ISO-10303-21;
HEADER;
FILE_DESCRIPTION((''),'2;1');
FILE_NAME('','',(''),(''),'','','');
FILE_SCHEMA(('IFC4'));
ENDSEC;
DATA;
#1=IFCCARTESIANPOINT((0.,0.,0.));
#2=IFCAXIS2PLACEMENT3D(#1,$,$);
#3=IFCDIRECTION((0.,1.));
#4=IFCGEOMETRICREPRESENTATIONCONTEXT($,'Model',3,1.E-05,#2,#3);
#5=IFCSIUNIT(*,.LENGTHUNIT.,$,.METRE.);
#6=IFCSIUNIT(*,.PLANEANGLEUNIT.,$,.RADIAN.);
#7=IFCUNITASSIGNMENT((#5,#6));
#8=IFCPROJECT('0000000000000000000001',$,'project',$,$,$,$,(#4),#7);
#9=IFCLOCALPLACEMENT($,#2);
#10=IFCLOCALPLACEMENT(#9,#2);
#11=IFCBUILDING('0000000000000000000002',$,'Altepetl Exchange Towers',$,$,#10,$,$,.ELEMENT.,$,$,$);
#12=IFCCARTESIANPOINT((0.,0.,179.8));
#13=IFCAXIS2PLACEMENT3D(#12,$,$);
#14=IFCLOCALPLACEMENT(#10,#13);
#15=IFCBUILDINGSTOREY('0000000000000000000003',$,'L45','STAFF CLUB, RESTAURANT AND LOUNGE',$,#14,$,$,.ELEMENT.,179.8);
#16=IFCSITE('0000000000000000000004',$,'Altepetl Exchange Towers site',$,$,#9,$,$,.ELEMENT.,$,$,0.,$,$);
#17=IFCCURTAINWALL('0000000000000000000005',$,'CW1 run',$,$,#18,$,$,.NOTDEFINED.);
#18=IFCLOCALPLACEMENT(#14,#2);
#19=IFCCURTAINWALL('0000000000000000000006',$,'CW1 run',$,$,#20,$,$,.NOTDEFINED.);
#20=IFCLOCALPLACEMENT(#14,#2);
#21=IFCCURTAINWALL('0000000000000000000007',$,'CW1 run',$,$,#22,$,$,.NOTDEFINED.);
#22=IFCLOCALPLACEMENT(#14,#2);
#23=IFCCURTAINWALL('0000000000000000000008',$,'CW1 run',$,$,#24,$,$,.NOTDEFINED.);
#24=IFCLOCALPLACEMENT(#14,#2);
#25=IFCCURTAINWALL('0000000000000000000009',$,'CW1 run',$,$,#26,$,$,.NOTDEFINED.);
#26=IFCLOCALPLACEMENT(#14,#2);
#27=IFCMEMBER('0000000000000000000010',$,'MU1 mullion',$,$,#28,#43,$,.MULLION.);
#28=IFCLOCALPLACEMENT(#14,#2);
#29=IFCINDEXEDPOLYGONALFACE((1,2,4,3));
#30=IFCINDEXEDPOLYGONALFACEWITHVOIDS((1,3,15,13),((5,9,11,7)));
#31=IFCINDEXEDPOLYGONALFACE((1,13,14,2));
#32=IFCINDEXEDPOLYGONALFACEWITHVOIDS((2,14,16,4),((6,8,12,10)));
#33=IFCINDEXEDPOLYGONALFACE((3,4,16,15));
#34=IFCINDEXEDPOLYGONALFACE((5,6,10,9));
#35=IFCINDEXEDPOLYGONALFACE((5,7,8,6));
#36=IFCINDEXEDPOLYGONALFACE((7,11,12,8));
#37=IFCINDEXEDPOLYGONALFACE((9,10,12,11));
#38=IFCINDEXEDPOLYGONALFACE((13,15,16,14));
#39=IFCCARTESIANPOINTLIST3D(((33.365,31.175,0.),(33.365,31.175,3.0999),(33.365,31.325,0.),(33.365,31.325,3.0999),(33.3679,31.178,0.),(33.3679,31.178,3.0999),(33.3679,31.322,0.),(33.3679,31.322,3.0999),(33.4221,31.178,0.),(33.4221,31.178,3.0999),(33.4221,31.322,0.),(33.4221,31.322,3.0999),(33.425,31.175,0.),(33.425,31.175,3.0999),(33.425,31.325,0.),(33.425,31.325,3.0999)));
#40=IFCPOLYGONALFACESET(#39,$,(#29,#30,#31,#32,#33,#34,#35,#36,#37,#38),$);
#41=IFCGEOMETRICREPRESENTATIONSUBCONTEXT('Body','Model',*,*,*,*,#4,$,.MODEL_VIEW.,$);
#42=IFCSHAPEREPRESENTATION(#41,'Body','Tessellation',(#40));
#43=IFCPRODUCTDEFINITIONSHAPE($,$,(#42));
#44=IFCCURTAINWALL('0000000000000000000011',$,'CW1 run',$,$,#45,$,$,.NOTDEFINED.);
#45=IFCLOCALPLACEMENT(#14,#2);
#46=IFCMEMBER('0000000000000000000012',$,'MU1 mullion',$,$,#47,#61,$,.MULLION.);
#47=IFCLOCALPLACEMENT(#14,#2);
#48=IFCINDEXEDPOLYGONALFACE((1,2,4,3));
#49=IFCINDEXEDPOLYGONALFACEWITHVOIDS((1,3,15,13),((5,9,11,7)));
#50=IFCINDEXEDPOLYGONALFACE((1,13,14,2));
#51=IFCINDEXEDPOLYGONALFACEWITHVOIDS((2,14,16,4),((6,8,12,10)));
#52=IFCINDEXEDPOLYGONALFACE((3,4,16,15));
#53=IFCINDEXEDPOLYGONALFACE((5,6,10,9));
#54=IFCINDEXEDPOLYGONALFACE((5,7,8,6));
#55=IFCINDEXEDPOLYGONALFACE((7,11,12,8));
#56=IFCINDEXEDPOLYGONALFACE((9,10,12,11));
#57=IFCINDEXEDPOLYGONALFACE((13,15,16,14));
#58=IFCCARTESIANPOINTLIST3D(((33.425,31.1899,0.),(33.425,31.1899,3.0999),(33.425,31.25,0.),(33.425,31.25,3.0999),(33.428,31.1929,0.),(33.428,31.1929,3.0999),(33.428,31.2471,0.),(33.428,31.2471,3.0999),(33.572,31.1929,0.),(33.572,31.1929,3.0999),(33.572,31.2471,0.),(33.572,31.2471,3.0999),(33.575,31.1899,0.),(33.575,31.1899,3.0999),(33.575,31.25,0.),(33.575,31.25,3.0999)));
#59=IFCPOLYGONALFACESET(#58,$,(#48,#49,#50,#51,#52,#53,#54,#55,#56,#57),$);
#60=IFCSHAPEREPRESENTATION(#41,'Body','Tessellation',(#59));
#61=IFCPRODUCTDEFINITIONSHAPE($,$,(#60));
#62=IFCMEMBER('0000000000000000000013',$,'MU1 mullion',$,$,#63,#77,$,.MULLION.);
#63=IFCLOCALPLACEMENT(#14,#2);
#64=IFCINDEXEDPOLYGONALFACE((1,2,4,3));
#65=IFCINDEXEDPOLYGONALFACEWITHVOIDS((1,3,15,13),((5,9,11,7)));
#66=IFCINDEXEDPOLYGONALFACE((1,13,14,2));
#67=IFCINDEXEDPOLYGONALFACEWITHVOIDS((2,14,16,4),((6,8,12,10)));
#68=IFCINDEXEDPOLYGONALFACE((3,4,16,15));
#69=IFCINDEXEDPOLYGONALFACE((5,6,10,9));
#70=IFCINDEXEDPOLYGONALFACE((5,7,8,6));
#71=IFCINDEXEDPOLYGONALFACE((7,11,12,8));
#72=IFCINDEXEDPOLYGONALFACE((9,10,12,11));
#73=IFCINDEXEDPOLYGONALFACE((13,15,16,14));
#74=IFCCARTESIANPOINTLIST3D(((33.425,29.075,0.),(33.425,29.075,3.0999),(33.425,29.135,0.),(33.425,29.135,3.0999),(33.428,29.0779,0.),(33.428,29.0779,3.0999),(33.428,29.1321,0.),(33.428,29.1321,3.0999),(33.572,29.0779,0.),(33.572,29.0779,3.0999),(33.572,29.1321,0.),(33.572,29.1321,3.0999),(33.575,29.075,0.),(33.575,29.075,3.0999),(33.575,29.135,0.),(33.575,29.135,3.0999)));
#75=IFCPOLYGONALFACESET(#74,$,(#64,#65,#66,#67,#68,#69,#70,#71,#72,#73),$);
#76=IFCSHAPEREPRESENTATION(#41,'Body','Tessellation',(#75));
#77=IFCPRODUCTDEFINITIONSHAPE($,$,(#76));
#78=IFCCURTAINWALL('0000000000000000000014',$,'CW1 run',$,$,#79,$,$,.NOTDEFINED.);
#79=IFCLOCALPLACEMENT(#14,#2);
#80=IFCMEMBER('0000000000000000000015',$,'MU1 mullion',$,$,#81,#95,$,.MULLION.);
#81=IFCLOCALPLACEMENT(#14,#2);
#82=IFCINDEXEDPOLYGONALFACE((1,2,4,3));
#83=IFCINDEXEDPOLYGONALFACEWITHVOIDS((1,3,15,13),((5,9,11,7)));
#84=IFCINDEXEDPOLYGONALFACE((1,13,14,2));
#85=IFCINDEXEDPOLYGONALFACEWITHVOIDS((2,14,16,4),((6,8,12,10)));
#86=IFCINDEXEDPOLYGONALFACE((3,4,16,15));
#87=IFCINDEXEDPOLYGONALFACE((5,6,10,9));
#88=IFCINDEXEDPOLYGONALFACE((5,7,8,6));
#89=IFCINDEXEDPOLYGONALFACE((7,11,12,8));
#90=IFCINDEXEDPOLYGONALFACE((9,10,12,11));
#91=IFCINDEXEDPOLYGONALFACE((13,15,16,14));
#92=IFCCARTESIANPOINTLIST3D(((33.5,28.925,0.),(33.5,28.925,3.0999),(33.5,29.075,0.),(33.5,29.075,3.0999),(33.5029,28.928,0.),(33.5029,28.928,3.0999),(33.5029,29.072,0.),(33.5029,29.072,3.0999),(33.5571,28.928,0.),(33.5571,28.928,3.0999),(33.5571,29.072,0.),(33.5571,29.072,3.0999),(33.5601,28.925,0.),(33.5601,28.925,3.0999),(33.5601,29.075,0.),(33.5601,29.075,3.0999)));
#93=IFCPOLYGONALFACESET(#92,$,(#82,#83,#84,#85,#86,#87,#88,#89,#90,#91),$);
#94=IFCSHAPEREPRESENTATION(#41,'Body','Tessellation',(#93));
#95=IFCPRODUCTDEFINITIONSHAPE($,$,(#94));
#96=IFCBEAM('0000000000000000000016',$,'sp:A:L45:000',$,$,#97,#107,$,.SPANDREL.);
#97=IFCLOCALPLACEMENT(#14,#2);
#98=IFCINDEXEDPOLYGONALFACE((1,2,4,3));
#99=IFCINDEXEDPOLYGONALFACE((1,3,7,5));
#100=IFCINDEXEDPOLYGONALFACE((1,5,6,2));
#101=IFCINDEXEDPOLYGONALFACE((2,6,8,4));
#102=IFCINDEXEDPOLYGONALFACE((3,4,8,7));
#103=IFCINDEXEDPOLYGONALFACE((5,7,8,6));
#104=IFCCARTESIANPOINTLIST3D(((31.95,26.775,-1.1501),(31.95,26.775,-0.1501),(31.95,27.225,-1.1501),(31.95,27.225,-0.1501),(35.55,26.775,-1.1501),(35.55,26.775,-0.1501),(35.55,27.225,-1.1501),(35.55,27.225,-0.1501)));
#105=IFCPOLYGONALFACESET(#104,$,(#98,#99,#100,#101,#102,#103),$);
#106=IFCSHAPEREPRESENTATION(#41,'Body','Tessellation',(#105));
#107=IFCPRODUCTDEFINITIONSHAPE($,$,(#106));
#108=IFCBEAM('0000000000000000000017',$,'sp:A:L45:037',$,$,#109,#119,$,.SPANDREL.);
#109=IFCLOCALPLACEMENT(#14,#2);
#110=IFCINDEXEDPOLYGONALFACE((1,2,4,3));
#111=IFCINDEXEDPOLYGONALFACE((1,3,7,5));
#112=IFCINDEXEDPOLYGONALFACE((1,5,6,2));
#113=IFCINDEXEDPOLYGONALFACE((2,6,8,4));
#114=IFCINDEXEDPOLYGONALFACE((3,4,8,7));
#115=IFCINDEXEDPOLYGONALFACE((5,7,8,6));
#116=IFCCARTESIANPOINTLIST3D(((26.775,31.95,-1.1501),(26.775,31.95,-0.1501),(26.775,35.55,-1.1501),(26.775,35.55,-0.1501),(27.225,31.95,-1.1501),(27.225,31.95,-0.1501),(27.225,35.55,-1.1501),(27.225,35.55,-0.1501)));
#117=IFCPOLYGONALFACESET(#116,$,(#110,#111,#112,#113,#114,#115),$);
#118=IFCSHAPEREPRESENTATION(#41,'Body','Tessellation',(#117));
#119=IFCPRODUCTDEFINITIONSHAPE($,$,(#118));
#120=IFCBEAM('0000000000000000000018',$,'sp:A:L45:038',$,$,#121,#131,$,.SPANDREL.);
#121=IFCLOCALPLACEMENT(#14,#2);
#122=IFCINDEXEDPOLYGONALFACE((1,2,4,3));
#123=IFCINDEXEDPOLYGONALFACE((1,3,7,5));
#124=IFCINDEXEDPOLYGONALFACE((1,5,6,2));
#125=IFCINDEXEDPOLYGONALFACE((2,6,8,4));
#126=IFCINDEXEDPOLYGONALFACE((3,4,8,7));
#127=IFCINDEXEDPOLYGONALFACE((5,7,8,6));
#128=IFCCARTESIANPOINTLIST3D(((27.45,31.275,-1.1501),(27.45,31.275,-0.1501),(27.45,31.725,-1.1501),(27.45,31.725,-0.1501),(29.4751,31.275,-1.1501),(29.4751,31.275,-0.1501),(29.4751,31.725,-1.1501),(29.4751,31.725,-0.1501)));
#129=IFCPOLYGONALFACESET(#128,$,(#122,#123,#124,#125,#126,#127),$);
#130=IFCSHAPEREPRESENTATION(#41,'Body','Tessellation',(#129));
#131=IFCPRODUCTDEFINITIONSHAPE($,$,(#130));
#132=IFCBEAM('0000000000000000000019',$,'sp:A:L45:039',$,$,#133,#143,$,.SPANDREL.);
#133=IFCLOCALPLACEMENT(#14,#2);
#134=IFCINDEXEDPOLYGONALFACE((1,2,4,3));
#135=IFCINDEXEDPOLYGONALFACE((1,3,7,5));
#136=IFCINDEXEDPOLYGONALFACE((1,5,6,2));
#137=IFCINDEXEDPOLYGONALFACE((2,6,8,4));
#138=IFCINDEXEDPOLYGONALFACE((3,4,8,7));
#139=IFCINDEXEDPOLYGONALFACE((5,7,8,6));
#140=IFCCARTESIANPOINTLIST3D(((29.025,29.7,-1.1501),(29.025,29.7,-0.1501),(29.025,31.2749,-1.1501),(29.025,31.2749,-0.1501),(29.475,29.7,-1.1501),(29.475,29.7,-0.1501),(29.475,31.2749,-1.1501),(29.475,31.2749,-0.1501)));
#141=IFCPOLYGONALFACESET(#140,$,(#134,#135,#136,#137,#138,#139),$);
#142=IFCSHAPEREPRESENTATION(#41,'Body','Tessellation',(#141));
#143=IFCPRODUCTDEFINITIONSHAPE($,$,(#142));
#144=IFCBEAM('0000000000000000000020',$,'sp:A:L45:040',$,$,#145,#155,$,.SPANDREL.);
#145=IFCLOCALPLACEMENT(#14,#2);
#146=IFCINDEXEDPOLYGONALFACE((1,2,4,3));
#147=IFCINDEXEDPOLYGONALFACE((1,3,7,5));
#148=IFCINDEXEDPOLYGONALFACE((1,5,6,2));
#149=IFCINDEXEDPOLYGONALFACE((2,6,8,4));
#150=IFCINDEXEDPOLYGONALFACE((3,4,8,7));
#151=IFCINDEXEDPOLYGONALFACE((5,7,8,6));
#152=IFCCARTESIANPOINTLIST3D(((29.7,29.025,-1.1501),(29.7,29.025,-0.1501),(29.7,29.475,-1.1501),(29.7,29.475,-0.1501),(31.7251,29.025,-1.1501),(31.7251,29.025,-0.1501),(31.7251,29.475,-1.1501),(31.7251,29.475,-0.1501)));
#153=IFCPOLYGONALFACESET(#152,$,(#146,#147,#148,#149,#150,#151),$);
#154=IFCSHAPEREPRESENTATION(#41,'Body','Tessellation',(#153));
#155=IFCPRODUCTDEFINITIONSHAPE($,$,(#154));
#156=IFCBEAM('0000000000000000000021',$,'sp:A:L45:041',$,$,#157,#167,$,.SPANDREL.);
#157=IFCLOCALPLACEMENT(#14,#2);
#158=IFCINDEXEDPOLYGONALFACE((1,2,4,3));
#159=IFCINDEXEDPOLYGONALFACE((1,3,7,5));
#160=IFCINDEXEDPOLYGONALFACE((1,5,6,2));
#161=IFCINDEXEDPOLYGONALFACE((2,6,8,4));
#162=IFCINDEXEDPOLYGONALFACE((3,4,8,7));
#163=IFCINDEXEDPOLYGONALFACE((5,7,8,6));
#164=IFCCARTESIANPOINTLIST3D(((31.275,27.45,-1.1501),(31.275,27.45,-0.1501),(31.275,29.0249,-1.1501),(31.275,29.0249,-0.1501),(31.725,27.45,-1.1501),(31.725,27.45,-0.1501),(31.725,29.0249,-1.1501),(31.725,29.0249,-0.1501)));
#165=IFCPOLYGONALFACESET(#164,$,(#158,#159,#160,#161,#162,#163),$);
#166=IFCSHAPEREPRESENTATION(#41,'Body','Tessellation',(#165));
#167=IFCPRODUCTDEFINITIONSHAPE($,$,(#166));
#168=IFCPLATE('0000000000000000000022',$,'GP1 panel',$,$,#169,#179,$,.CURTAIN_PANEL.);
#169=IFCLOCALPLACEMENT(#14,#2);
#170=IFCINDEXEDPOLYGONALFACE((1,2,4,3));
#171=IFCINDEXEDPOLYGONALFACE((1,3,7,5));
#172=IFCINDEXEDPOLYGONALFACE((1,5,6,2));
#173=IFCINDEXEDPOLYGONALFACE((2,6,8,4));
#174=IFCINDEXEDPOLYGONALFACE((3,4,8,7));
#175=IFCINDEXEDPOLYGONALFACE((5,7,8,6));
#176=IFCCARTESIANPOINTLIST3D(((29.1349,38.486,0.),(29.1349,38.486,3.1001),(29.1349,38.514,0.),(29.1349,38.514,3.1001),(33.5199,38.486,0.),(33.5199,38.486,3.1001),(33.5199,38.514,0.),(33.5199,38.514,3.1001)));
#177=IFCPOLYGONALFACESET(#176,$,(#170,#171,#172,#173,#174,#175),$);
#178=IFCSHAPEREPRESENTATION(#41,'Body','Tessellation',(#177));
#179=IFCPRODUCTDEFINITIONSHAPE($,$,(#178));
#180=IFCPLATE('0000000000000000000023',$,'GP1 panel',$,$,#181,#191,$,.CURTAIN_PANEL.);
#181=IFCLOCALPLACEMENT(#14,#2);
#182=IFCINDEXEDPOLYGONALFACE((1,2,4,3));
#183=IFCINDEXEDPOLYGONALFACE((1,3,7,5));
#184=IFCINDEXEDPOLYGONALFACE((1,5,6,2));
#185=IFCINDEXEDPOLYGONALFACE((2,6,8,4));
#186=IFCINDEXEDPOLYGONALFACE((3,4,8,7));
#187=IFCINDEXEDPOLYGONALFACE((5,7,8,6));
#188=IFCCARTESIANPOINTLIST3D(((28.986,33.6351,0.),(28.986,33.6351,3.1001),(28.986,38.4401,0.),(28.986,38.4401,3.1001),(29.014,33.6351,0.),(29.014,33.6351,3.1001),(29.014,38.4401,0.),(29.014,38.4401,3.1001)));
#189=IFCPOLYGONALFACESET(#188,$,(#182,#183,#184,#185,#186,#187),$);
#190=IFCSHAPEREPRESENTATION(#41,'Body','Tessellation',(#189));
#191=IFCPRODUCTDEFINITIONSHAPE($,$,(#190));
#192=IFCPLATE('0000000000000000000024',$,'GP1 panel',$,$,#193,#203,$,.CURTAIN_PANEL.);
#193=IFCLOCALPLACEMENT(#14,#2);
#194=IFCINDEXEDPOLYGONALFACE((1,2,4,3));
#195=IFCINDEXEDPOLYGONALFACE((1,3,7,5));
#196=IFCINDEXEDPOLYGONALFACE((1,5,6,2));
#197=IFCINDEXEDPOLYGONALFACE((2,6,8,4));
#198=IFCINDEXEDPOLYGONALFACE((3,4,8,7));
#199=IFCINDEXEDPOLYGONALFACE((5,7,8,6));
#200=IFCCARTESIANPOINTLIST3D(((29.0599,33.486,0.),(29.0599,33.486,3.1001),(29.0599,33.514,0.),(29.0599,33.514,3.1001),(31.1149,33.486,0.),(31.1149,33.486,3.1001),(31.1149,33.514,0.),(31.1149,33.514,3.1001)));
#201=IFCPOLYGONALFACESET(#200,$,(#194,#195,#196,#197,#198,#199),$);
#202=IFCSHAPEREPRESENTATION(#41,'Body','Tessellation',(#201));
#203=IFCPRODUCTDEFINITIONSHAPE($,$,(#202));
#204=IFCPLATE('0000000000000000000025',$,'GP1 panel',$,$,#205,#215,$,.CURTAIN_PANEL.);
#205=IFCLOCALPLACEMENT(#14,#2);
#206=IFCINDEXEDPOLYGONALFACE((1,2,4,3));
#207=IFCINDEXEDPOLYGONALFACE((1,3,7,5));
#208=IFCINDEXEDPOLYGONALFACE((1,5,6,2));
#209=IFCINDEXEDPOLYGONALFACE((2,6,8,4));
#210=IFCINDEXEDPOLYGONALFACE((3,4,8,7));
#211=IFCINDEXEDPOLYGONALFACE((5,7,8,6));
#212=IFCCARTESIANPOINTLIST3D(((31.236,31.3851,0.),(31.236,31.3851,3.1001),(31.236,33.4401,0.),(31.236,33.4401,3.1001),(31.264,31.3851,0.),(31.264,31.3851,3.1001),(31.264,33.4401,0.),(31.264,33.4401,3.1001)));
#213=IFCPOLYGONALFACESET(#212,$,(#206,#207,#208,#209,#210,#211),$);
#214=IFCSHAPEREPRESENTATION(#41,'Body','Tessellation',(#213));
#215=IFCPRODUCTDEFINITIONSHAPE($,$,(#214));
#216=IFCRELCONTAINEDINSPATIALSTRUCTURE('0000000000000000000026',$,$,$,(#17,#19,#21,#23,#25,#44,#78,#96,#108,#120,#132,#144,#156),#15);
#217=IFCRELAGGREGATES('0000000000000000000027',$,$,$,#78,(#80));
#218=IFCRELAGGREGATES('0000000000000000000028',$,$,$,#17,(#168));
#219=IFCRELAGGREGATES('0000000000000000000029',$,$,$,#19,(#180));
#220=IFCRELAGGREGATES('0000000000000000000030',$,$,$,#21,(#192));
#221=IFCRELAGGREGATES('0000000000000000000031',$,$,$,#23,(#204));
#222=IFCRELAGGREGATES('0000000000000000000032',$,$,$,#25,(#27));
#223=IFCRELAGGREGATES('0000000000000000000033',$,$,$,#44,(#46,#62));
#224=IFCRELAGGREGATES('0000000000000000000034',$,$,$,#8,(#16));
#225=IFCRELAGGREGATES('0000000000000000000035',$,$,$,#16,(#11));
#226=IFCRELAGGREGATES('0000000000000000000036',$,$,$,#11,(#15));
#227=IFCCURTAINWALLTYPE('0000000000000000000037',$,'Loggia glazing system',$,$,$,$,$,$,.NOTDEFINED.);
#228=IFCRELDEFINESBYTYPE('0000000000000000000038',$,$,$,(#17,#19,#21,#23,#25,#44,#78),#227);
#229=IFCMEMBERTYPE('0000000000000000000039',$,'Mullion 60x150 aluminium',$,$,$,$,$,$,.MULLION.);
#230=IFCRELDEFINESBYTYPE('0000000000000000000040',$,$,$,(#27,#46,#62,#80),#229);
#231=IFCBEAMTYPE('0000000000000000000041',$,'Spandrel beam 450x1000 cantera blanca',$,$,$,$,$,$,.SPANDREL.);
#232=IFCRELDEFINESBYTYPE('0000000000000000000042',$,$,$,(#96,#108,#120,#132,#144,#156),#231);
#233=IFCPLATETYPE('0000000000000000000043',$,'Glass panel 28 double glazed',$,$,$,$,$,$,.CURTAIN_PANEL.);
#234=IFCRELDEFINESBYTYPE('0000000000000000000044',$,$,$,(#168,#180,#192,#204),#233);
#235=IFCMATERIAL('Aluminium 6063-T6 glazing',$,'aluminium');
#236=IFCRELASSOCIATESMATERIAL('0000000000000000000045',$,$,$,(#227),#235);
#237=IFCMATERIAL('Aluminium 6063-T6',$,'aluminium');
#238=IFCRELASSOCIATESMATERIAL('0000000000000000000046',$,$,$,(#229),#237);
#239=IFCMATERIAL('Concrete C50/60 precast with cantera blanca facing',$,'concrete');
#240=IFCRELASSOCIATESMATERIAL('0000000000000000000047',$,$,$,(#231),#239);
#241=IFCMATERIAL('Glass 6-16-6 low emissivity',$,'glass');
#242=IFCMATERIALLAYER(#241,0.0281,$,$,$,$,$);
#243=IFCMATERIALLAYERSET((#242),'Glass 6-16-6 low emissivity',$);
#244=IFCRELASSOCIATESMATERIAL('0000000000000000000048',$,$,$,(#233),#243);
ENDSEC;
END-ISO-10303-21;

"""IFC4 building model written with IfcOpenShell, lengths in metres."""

from ifc_helpers import new_model, si_unit, direction, frame, origin, origin_2d, place, context, subcontext, project, spatial, rectangle, hollow_rectangle, extrude, material, layer, layer_set, material_profile, profile_set, type_object, element, aggregate, save


model = new_model("IFC4")

# Units and contexts
model_context = context("Model", 3, precision=1e-05, world=origin(), true_north=direction((0.0, 1.0)))
body_context = subcontext(model_context, "Body", "Model", "MODEL_VIEW")
ifc_project = project(units=[si_unit("LENGTHUNIT", "METRE"), si_unit("PLANEANGLEUNIT", "RADIAN")], contexts=[model_context])

# Site, building, storey
site_placement = place(None, origin())
site = spatial("IfcSite", under=ifc_project, at=site_placement, Name="Altepetl Exchange Towers site", CompositionType="ELEMENT", RefElevation=0.0)
building_placement = place(site_placement, origin())
building = spatial("IfcBuilding", under=site, at=building_placement, Name="Altepetl Exchange Towers", CompositionType="ELEMENT")
storey_placement = place(building_placement, frame((0.0, 0.0, 179.8)))
storey = spatial("IfcBuildingStorey", under=building, at=storey_placement, Name="L45", Description="STAFF CLUB, RESTAURANT AND LOUNGE", CompositionType="ELEMENT", Elevation=179.8)

# Curtain wall
ifc_material_1 = material(Name="Aluminium 6063-T6 glazing", Category="aluminium")
curtain_wall_type = type_object("IfcCurtainWallType", Name="Loggia glazing system", PredefinedType="NOTDEFINED", material=ifc_material_1)
curtain_wall_1_placement = place(storey_placement, origin())
curtain_wall_1 = element("IfcCurtainWall", 1, at=curtain_wall_1_placement, inside=storey, type_object=curtain_wall_type, Name="CW1 run", PredefinedType="NOTDEFINED")
ifc_material_2 = material(Name="Aluminium 6063-T6", Category="aluminium")
ifc_material_profile_1 = material_profile(ifc_material_2, hollow_rectangle(XDim=0.0601, YDim=0.1499, WallThickness=0.0029, at=origin_2d()), Name="Mullion 60x150 aluminium")
ifc_profile_set_1 = profile_set([ifc_material_profile_1], Name="Aluminium 6063-T6")
member_type = type_object("IfcMemberType", Name="Mullion 60x150 aluminium", PredefinedType="MULLION", material=ifc_profile_set_1)

# Curtain walls, members
curtain_wall_2_placement = place(storey_placement, origin())
curtain_wall_2 = element("IfcCurtainWall", 2, at=curtain_wall_2_placement, inside=storey, type_object=curtain_wall_type, Name="CW1 run", PredefinedType="NOTDEFINED")
curtain_wall_3_placement = place(storey_placement, origin())
curtain_wall_3 = element("IfcCurtainWall", 3, at=curtain_wall_3_placement, inside=storey, type_object=curtain_wall_type, Name="CW1 run", PredefinedType="NOTDEFINED")
curtain_wall_4_placement = place(storey_placement, origin())
curtain_wall_4 = element("IfcCurtainWall", 4, at=curtain_wall_4_placement, inside=storey, type_object=curtain_wall_type, Name="CW1 run", PredefinedType="NOTDEFINED")
curtain_wall_5_placement = place(storey_placement, origin())
curtain_wall_5 = element("IfcCurtainWall", 5, at=curtain_wall_5_placement, inside=storey, type_object=curtain_wall_type, Name="CW1 run", PredefinedType="NOTDEFINED")
member_1_placement = place(storey_placement, frame((33.395, 31.25, 0.0)))
member_1 = element("IfcMember", 6, at=member_1_placement, type_object=member_type, Name="MU1 mullion", PredefinedType="MULLION", context=body_context, shape_type="SweptSolid", body=[
    extrude(hollow_rectangle(XDim=0.0601, YDim=0.1499, WallThickness=0.0029, at=origin_2d()), origin(), (0.0, 0.0, 1.0), 3.0999),
])
curtain_wall_6_placement = place(storey_placement, origin())
curtain_wall_6 = element("IfcCurtainWall", 7, at=curtain_wall_6_placement, inside=storey, type_object=curtain_wall_type, Name="CW1 run", PredefinedType="NOTDEFINED")
member_2_placement = place(storey_placement, frame((33.5, 31.22, 0.0), z_axis=(0.0, 0.0, 1.0), x_axis=(0.0, -1.0, 0.0)))
member_2 = element("IfcMember", 8, at=member_2_placement, type_object=member_type, Name="MU1 mullion", PredefinedType="MULLION", context=body_context, shape_type="SweptSolid", body=[
    extrude(hollow_rectangle(XDim=0.0601, YDim=0.1499, WallThickness=0.0029, at=origin_2d()), origin(), (0.0, 0.0, 1.0), 3.0999),
])
member_3_placement = place(storey_placement, frame((33.5, 29.105, 0.0), z_axis=(0.0, 0.0, 1.0), x_axis=(0.0, -1.0, 0.0)))
member_3 = element("IfcMember", 9, at=member_3_placement, type_object=member_type, Name="MU1 mullion", PredefinedType="MULLION", context=body_context, shape_type="SweptSolid", body=[
    extrude(hollow_rectangle(XDim=0.0601, YDim=0.1499, WallThickness=0.0029, at=origin_2d()), origin(), (0.0, 0.0, 1.0), 3.0999),
])

# Curtain wall, member
curtain_wall_7_placement = place(storey_placement, origin())
curtain_wall_7 = element("IfcCurtainWall", 10, at=curtain_wall_7_placement, inside=storey, type_object=curtain_wall_type, Name="CW1 run", PredefinedType="NOTDEFINED")
member_4_placement = place(storey_placement, frame((33.53, 29.0, 0.0)))
member_4 = element("IfcMember", 11, at=member_4_placement, type_object=member_type, Name="MU1 mullion", PredefinedType="MULLION", context=body_context, shape_type="SweptSolid", body=[
    extrude(hollow_rectangle(XDim=0.0601, YDim=0.1499, WallThickness=0.0029, at=origin_2d()), origin(), (0.0, 0.0, 1.0), 3.0999),
])
aggregate(curtain_wall_7, [member_4])

# Beams
ifc_material_3 = material(Name="Concrete C50/60 precast with cantera blanca facing", Category="concrete")
ifc_material_profile_2 = material_profile(ifc_material_3, rectangle(XDim=0.45, YDim=1.0, at=origin_2d()), Name="450 x 1000")
ifc_profile_set_2 = profile_set([ifc_material_profile_2], Name="Concrete C50/60 precast with cantera blanca facing")
beam_type_1 = type_object("IfcBeamType", Name="Spandrel beam 450x1000 cantera blanca", PredefinedType="SPANDREL", material=ifc_profile_set_2)
for number, where, z_axis, x_axis, name in (
    (12, (31.95, 27.0, -0.6501), (1.0, 0.0, 0.0), (0.0, 1.0, 0.0), "sp:A:L45:000"),
    (13, (27.0, 35.55, -0.6501), (0.0, -1.0, 0.0), (1.0, 0.0, 0.0), "sp:A:L45:037"),
):
    element("IfcBeam", number, at=place(storey_placement, frame(where, z_axis=z_axis, x_axis=x_axis)), inside=storey, type_object=beam_type_1, Name=name, PredefinedType="SPANDREL", context=body_context, shape_type="SweptSolid", body=[
        extrude(rectangle(XDim=0.45, YDim=1.0, at=origin_2d()), origin(), (0.0, 0.0, 1.0), 3.6001),
    ])
beam_1_placement = place(storey_placement, frame((27.45, 31.5, -0.6501), z_axis=(1.0, 0.0, 0.0), x_axis=(0.0, 1.0, 0.0)))
element("IfcBeam", 14, at=beam_1_placement, inside=storey, type_object=beam_type_1, Name="sp:A:L45:038", PredefinedType="SPANDREL", context=body_context, shape_type="SweptSolid", body=[
    extrude(rectangle(XDim=0.45, YDim=1.0, at=origin_2d()), origin(), (0.0, 0.0, 1.0), 2.0251),
])
beam_2_placement = place(storey_placement, frame((29.25, 31.2749, -0.6501), z_axis=(0.0, -1.0, 0.0), x_axis=(1.0, 0.0, 0.0)))
element("IfcBeam", 15, at=beam_2_placement, inside=storey, type_object=beam_type_1, Name="sp:A:L45:039", PredefinedType="SPANDREL", context=body_context, shape_type="SweptSolid", body=[
    extrude(rectangle(XDim=0.45, YDim=1.0, at=origin_2d()), origin(), (0.0, 0.0, 1.0), 1.575),
])
beam_3_placement = place(storey_placement, frame((29.7, 29.25, -0.6501), z_axis=(1.0, 0.0, 0.0), x_axis=(0.0, 1.0, 0.0)))
element("IfcBeam", 16, at=beam_3_placement, inside=storey, type_object=beam_type_1, Name="sp:A:L45:040", PredefinedType="SPANDREL", context=body_context, shape_type="SweptSolid", body=[
    extrude(rectangle(XDim=0.45, YDim=1.0, at=origin_2d()), origin(), (0.0, 0.0, 1.0), 2.0251),
])
beam_4_placement = place(storey_placement, frame((31.5, 29.0249, -0.6501), z_axis=(0.0, -1.0, 0.0), x_axis=(1.0, 0.0, 0.0)))
element("IfcBeam", 17, at=beam_4_placement, inside=storey, type_object=beam_type_1, Name="sp:A:L45:041", PredefinedType="SPANDREL", context=body_context, shape_type="SweptSolid", body=[
    extrude(rectangle(XDim=0.45, YDim=1.0, at=origin_2d()), origin(), (0.0, 0.0, 1.0), 1.575),
])

# Plates
ifc_material_4 = material(Name="Glass 6-16-6 low emissivity", Category="glass")
ifc_layer = layer(ifc_material_4, 0.0281)
ifc_layer_set = layer_set([ifc_layer], Name="Glass 6-16-6 low emissivity")
plate_type = type_object("IfcPlateType", Name="Glass panel 28 double glazed", PredefinedType="CURTAIN_PANEL", material=ifc_layer_set)
plate_1_placement = place(storey_placement, frame((31.3274, 38.5, 0.0), z_axis=(0.0, 0.0, 1.0), x_axis=(-1.0, 0.0, 0.0)))
plate_1 = element("IfcPlate", 18, at=plate_1_placement, type_object=plate_type, Name="GP1 panel", PredefinedType="CURTAIN_PANEL", context=body_context, shape_type="SweptSolid", body=[
    extrude(rectangle(XDim=4.385, YDim=0.0281, at=origin_2d()), origin(), (0.0, 0.0, 1.0), 3.1001),
])
aggregate(curtain_wall_1, [plate_1])
plate_2_placement = place(storey_placement, frame((29.0, 36.0376, 0.0), z_axis=(0.0, 0.0, 1.0), x_axis=(0.0, -1.0, 0.0)))
plate_2 = element("IfcPlate", 19, at=plate_2_placement, type_object=plate_type, Name="GP1 panel", PredefinedType="CURTAIN_PANEL", context=body_context, shape_type="SweptSolid", body=[
    extrude(rectangle(XDim=4.8049, YDim=0.0281, at=origin_2d()), origin(), (0.0, 0.0, 1.0), 3.1001),
])
aggregate(curtain_wall_2, [plate_2])
plate_3_placement = place(storey_placement, frame((30.0874, 33.5, 0.0)))
plate_3 = element("IfcPlate", 20, at=plate_3_placement, type_object=plate_type, Name="GP1 panel", PredefinedType="CURTAIN_PANEL", context=body_context, shape_type="SweptSolid", body=[
    extrude(rectangle(XDim=2.0549, YDim=0.0281, at=origin_2d()), origin(), (0.0, 0.0, 1.0), 3.1001),
])
aggregate(curtain_wall_3, [plate_3])
plate_4_placement = place(storey_placement, frame((31.25, 32.4126, 0.0), z_axis=(0.0, 0.0, 1.0), x_axis=(0.0, -1.0, 0.0)))
plate_4 = element("IfcPlate", 21, at=plate_4_placement, type_object=plate_type, Name="GP1 panel", PredefinedType="CURTAIN_PANEL", context=body_context, shape_type="SweptSolid", body=[
    extrude(rectangle(XDim=2.0549, YDim=0.0281, at=origin_2d()), origin(), (0.0, 0.0, 1.0), 3.1001),
])
aggregate(curtain_wall_4, [plate_4])
aggregate(curtain_wall_5, [member_1])
aggregate(curtain_wall_6, [member_2, member_3])

save(model, "model.ifc")
